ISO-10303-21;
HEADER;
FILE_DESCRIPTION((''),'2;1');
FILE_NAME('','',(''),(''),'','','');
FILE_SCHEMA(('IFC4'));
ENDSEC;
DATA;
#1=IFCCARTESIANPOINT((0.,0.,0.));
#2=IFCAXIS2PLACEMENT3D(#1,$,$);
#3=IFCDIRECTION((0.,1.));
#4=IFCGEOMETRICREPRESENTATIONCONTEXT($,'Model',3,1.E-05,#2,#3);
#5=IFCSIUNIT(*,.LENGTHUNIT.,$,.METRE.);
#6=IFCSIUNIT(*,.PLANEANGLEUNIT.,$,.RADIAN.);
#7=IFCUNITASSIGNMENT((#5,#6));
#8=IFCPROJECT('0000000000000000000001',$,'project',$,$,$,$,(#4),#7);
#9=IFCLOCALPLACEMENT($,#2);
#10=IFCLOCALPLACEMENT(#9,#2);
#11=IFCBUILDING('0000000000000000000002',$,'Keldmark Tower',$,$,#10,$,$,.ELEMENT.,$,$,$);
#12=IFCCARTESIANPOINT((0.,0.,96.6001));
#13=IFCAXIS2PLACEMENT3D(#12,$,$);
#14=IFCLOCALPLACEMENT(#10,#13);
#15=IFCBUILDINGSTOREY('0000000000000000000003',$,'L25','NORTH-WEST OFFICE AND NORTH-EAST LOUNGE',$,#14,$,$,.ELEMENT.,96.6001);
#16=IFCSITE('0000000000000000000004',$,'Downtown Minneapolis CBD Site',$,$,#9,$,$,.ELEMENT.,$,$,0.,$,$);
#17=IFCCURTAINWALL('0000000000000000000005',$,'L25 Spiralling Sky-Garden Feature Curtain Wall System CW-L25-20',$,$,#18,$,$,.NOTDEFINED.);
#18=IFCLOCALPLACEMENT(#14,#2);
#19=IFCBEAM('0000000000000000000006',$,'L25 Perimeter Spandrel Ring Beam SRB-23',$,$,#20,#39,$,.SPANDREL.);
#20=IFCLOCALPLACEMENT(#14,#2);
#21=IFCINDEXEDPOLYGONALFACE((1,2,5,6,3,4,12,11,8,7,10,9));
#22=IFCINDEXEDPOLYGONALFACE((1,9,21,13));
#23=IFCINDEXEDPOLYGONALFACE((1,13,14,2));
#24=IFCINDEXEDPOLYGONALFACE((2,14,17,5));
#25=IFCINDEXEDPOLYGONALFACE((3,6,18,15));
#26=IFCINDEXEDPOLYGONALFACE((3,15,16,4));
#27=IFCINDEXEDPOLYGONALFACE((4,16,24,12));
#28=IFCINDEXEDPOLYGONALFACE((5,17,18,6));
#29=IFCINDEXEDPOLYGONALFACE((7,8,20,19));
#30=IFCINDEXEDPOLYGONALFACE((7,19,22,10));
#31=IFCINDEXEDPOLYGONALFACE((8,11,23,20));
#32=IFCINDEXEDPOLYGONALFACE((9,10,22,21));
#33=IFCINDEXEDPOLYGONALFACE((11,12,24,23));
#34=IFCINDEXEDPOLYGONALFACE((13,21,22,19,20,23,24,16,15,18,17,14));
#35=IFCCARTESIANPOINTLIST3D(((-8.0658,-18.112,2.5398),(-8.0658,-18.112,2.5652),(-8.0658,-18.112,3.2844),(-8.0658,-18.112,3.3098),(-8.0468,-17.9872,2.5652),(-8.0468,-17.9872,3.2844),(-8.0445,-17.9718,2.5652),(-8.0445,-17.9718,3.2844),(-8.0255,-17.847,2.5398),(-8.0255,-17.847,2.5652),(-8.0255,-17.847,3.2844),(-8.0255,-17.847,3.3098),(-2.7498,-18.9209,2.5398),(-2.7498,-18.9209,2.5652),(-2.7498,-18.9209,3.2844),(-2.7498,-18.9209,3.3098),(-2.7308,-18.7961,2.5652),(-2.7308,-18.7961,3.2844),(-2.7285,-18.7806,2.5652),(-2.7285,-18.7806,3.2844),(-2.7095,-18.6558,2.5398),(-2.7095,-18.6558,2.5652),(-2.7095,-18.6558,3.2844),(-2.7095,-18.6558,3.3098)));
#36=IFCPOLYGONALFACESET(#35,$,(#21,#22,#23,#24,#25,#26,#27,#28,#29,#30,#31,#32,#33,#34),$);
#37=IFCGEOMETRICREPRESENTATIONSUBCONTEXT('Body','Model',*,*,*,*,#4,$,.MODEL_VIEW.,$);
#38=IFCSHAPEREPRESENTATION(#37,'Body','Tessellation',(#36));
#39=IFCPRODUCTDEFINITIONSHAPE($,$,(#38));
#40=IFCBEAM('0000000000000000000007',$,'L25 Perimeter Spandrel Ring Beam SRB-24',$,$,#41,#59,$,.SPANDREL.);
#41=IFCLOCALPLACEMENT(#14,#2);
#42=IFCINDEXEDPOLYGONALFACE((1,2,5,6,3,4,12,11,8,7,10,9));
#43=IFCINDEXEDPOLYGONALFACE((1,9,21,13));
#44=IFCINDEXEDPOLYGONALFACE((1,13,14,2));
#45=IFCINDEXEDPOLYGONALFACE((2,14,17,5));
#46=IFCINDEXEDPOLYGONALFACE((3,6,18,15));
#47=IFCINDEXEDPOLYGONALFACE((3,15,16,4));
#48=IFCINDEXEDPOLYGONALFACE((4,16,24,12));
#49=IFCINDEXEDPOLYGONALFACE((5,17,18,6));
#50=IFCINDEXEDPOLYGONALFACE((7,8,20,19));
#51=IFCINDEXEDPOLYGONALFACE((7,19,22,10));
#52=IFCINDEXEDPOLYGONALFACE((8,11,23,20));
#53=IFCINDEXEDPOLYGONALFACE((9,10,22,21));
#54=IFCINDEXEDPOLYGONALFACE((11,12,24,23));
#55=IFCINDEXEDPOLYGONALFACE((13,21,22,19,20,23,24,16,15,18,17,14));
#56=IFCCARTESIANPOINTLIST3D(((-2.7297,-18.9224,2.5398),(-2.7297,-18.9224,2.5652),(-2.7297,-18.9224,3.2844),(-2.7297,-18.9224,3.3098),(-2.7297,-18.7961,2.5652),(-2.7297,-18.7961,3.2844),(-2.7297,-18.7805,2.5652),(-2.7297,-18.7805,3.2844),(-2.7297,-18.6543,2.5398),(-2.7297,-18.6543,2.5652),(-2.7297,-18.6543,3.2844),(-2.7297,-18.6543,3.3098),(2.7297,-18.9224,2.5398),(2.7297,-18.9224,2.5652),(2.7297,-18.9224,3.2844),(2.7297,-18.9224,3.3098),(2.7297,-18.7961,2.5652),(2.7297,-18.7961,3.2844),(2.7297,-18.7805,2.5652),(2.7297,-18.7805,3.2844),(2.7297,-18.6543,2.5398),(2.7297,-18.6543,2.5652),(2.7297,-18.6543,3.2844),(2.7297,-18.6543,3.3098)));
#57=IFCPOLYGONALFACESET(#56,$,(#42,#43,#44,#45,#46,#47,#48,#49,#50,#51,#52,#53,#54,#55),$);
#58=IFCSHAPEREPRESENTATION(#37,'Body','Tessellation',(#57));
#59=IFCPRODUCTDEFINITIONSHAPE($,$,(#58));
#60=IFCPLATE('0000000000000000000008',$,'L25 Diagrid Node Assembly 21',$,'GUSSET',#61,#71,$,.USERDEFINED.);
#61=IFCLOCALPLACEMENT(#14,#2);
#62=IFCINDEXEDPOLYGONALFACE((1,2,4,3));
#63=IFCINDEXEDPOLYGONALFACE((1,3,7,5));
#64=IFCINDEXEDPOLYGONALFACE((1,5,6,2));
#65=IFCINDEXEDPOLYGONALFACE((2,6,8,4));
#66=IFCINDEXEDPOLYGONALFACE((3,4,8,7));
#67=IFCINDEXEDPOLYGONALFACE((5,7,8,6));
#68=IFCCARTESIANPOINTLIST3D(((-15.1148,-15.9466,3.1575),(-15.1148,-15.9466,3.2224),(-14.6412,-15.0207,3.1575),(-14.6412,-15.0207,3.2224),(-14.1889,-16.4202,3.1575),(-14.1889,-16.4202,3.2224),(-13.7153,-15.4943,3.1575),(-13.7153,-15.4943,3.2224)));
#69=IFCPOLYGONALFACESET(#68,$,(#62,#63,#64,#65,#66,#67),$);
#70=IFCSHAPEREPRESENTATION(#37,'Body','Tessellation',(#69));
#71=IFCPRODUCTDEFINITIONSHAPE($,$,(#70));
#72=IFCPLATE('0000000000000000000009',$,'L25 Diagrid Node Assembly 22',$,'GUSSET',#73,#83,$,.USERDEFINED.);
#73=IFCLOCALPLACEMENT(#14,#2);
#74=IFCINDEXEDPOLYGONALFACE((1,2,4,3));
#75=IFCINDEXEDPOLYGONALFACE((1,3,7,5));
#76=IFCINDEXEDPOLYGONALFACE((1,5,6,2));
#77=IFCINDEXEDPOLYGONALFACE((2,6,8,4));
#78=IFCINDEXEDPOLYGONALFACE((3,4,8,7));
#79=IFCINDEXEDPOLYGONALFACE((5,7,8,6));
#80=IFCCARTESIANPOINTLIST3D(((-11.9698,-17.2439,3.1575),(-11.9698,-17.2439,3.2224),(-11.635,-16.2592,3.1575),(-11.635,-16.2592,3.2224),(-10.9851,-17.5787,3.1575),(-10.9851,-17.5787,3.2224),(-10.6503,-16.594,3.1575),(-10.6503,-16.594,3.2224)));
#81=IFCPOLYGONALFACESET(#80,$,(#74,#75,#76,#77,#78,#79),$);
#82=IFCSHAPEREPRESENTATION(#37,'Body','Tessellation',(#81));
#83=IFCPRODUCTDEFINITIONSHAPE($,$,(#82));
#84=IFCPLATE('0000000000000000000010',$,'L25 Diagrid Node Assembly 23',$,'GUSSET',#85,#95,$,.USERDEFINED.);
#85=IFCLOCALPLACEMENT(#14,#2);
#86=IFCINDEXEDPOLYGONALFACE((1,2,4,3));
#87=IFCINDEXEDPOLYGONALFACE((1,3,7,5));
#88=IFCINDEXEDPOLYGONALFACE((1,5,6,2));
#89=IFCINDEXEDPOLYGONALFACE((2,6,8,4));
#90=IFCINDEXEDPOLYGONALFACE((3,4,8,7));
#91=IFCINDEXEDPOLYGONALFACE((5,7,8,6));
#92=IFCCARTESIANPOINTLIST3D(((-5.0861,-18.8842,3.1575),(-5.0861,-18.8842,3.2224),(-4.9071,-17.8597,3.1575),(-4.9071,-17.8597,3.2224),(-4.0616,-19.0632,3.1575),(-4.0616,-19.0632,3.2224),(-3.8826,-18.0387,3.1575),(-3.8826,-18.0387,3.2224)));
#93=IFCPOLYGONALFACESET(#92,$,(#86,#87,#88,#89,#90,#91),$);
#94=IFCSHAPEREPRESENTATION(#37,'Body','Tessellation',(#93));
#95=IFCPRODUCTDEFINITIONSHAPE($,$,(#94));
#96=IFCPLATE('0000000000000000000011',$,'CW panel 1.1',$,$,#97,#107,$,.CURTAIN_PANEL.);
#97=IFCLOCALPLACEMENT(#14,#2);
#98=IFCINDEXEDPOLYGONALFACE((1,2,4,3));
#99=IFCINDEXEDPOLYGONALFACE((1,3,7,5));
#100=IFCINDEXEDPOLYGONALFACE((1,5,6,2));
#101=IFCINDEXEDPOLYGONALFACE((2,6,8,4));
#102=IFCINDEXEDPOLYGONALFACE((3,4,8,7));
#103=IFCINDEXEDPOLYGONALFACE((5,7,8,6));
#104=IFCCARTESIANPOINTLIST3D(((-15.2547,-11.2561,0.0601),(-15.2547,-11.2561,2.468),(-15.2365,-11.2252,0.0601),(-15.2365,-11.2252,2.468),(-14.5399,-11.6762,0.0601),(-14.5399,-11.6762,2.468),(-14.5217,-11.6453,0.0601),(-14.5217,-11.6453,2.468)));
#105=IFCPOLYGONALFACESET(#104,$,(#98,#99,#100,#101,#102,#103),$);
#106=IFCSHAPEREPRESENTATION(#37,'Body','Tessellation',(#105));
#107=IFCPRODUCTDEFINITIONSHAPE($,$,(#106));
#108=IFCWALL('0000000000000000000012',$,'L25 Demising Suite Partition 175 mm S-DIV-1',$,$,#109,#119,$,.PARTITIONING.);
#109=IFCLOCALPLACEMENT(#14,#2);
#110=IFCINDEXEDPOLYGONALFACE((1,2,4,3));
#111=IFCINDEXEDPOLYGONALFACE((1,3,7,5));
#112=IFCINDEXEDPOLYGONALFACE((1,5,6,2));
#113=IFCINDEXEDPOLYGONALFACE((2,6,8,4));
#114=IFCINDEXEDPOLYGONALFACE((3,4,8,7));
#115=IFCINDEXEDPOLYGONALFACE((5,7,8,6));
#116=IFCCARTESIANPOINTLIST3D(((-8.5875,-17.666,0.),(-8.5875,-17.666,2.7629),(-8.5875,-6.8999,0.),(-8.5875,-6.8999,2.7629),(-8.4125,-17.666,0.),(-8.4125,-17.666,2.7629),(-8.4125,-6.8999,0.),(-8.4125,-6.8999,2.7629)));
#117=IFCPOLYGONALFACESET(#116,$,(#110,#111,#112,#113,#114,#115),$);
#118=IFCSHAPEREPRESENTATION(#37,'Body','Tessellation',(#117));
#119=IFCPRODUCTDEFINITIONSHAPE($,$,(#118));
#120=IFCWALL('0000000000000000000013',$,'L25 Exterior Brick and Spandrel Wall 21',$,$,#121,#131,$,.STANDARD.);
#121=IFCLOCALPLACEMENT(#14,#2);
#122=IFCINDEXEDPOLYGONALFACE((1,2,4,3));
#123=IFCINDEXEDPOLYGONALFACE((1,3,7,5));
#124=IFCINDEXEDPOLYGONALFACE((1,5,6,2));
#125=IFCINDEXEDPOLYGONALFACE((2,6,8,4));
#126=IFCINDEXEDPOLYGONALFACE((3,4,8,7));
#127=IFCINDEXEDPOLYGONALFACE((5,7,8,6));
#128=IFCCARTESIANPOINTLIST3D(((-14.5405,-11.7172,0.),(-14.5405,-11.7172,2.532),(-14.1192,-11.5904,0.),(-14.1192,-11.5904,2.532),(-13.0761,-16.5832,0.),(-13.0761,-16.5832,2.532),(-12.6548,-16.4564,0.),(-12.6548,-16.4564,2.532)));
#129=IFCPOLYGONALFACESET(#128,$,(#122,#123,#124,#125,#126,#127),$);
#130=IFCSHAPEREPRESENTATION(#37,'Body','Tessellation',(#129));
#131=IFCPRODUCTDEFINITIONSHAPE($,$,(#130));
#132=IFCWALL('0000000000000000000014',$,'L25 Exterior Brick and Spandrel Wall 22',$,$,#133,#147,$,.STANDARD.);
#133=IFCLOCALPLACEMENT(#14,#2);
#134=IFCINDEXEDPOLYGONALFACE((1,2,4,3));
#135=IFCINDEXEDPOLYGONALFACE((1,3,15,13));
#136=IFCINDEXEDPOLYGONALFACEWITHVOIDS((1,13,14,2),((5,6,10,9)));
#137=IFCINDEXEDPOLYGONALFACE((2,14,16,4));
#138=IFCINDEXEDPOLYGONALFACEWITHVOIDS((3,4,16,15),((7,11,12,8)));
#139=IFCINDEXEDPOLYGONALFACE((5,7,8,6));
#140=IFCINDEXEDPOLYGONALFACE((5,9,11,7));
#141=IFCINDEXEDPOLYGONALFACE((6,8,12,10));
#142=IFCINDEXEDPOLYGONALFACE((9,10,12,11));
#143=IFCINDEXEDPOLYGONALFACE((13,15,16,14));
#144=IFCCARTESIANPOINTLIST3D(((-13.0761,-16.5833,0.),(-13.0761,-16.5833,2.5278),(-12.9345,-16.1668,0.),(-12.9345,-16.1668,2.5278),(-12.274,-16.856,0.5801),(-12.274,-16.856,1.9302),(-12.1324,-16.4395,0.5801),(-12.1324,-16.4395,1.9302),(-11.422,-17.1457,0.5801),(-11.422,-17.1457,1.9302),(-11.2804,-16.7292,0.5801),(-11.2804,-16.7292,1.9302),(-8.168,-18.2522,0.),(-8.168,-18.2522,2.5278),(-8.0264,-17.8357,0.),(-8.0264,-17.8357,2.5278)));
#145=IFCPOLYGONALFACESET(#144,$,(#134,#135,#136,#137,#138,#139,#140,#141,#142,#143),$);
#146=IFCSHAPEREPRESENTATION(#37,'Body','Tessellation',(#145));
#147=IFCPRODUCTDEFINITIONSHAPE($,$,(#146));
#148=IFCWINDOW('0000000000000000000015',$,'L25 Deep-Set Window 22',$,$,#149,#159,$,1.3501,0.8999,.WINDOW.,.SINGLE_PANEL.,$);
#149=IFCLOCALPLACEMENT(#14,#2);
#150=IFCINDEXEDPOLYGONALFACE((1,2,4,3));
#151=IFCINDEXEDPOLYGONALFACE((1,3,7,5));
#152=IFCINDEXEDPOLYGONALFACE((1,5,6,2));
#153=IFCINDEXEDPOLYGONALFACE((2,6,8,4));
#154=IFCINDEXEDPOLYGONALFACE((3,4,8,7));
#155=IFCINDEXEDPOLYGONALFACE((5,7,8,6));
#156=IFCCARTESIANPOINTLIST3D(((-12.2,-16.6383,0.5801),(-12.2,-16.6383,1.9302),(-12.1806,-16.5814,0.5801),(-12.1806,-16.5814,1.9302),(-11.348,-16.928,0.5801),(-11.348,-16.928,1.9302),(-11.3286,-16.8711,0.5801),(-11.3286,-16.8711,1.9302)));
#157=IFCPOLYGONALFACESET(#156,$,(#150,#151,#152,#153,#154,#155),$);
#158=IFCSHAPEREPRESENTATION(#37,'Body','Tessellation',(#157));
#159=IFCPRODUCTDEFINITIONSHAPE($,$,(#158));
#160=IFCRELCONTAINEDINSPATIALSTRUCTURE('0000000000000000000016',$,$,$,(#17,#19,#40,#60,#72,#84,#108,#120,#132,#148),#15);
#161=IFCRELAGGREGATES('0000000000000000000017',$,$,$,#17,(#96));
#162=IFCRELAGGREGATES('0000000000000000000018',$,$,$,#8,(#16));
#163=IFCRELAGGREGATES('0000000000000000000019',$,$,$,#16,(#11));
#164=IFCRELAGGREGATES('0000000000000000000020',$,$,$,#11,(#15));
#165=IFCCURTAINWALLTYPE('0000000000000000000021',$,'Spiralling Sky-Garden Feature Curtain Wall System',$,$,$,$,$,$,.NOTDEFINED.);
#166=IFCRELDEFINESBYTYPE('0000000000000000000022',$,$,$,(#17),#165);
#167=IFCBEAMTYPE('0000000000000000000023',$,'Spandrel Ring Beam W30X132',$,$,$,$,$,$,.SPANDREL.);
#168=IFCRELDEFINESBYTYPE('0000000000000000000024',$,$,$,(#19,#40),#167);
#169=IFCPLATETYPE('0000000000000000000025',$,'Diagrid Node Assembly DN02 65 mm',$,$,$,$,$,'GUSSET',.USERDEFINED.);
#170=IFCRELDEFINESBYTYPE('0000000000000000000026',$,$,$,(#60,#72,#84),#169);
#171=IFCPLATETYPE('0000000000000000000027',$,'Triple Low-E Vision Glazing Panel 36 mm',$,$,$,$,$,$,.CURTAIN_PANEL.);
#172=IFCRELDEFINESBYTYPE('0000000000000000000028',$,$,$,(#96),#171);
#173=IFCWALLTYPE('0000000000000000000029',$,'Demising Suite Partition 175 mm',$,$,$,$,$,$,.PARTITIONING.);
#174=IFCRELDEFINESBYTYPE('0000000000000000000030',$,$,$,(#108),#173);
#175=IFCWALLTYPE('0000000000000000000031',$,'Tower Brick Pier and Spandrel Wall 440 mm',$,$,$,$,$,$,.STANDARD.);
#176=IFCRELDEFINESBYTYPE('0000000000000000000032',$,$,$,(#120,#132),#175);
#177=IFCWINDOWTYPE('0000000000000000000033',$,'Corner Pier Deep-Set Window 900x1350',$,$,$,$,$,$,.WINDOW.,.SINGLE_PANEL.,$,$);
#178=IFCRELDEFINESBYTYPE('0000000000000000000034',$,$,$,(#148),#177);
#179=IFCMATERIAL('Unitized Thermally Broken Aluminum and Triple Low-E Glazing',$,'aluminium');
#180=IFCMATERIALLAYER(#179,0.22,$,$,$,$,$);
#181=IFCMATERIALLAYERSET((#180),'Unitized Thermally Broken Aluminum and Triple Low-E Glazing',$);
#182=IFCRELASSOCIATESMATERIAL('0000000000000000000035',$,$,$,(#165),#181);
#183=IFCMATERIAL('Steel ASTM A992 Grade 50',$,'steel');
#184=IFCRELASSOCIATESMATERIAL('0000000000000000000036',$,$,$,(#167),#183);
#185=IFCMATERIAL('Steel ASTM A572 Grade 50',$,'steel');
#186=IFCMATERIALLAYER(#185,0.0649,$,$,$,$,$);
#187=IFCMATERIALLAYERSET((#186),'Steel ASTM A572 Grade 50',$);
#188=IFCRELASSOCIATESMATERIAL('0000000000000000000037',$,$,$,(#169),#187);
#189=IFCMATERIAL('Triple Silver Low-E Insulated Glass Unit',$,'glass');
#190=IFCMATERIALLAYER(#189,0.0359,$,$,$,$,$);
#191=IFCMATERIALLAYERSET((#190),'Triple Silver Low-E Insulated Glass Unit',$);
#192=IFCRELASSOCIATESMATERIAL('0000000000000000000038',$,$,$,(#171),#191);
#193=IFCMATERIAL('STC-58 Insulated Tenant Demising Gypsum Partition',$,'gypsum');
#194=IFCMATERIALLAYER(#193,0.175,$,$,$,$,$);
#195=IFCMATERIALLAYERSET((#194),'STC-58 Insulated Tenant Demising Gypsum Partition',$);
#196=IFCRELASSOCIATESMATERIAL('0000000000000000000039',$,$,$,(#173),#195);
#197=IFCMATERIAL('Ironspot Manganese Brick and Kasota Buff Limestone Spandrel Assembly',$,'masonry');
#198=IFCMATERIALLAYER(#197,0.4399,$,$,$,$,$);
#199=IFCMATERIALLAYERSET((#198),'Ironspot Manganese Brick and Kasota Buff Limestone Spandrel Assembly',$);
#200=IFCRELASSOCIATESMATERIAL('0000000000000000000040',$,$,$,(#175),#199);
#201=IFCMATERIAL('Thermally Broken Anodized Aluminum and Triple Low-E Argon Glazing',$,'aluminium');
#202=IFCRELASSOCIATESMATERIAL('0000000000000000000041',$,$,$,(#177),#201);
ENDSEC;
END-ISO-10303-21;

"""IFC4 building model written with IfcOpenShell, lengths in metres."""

from ifc_helpers import new_model, si_unit, direction, frame, frame_2d, origin, origin_2d, place, context, subcontext, project, spatial, rectangle, i_section, extrude, material, layer, layer_set, material_profile, profile_set, type_object, element, fill, aggregate, save


model = new_model("IFC4")

# Units and contexts
model_context = context("Model", 3, precision=1e-05, world=origin(), true_north=direction((0.0, 1.0)))
body_context = subcontext(model_context, "Body", "Model", "MODEL_VIEW")
ifc_project = project(units=[si_unit("LENGTHUNIT", "METRE"), si_unit("PLANEANGLEUNIT", "RADIAN")], contexts=[model_context])

# Site, building, storey
site_placement = place(None, origin())
site = spatial("IfcSite", under=ifc_project, at=site_placement, Name="Downtown Minneapolis CBD Site", CompositionType="ELEMENT", RefElevation=0.0)
building_placement = place(site_placement, origin())
building = spatial("IfcBuilding", under=site, at=building_placement, Name="Keldmark Tower", CompositionType="ELEMENT")
storey_placement = place(building_placement, frame((0.0, 0.0, 96.6001)))
storey = spatial("IfcBuildingStorey", under=building, at=storey_placement, Name="L25", Description="NORTH-WEST OFFICE AND NORTH-EAST LOUNGE", CompositionType="ELEMENT", Elevation=96.6001)

# Curtain wall
ifc_material_1 = material(Name="Unitized Thermally Broken Aluminum and Triple Low-E Glazing", Category="aluminium")
ifc_layer_1 = layer(ifc_material_1, 0.22)
ifc_layer_set_1 = layer_set([ifc_layer_1], Name="Unitized Thermally Broken Aluminum and Triple Low-E Glazing")
curtain_wall_type = type_object("IfcCurtainWallType", Name="Spiralling Sky-Garden Feature Curtain Wall System", PredefinedType="NOTDEFINED", material=ifc_layer_set_1)
curtain_wall_placement = place(storey_placement, origin())
curtain_wall = element("IfcCurtainWall", 1, at=curtain_wall_placement, inside=storey, type_object=curtain_wall_type, Name="L25 Spiralling Sky-Garden Feature Curtain Wall System CW-L25-20", PredefinedType="NOTDEFINED")

# Beams
ifc_material_2 = material(Name="Steel ASTM A992 Grade 50", Category="steel")
ifc_material_profile_1 = material_profile(ifc_material_2, i_section(OverallWidth=0.2681, OverallDepth=0.77, WebThickness=0.0156, FlangeThickness=0.0254, at=origin_2d()), Name="W30X132")
ifc_profile_set_1 = profile_set([ifc_material_profile_1], Name="Steel ASTM A992 Grade 50")
beam_type_1 = type_object("IfcBeamType", Name="Spandrel Ring Beam W30X132", PredefinedType="SPANDREL", material=ifc_profile_set_1)
beam_1_placement = place(storey_placement, frame((-8.0457, -17.9795, 2.9248), z_axis=(0.988622, -0.150423, 0.0), x_axis=(0.150423, 0.988622, 0.0)))
element("IfcBeam", 2, at=beam_1_placement, inside=storey, type_object=beam_type_1, Name="L25 Perimeter Spandrel Ring Beam SRB-23", PredefinedType="SPANDREL", context=body_context, shape_type="SweptSolid", body=[
    extrude(i_section(OverallWidth=0.2681, OverallDepth=0.77, WebThickness=0.0156, FlangeThickness=0.0254, at=origin_2d()), origin(), (0.0, 0.0, 1.0), 5.3772),
])
beam_2_placement = place(storey_placement, frame((-2.7297, -18.7883, 2.9248), z_axis=(1.0, 0.0, 0.0), x_axis=(0.0, 1.0, 0.0)))
element("IfcBeam", 3, at=beam_2_placement, inside=storey, type_object=beam_type_1, Name="L25 Perimeter Spandrel Ring Beam SRB-24", PredefinedType="SPANDREL", context=body_context, shape_type="SweptSolid", body=[
    extrude(i_section(OverallWidth=0.2681, OverallDepth=0.77, WebThickness=0.0156, FlangeThickness=0.0254, at=origin_2d()), origin(), (0.0, 0.0, 1.0), 5.4595),
])

# Plates
ifc_material_3 = material(Name="Steel ASTM A572 Grade 50", Category="steel")
ifc_layer_2 = layer(ifc_material_3, 0.0649)
ifc_layer_set_2 = layer_set([ifc_layer_2], Name="Steel ASTM A572 Grade 50")
plate_type_1 = type_object("IfcPlateType", Name="Diagrid Node Assembly DN02 65 mm", ElementType="GUSSET", PredefinedType="USERDEFINED", material=ifc_layer_set_2)
for number, where, z_axis, x_axis, name in (
    (4, (-14.415, -15.7205, 3.1575), (0.0, 0.0, 1.0), (0.890292, -0.45539, 0.0), "L25 Diagrid Node Assembly 21"),
    (5, (-11.3101, -16.9189, 3.1575), (0.0, 0.0, 1.0), (0.946762, -0.321935, 0.0), "L25 Diagrid Node Assembly 22"),
    (6, (-4.4844, -18.4614, 3.1575), (0.0, 0.0, 1.0), (0.985079, -0.172101, 0.0), "L25 Diagrid Node Assembly 23"),
):
    element("IfcPlate", number, at=place(storey_placement, frame(where, z_axis=z_axis, x_axis=x_axis)), inside=storey, type_object=plate_type_1, Name=name, ObjectType="GUSSET", PredefinedType="USERDEFINED", context=body_context, shape_type="SweptSolid", body=[
        extrude(rectangle(XDim=1.04, YDim=1.04, at=origin_2d()), origin(), (0.0, 0.0, 1.0), 0.0649),
    ])

# Plate
ifc_material_4 = material(Name="Triple Silver Low-E Insulated Glass Unit", Category="glass")
ifc_layer_3 = layer(ifc_material_4, 0.0359)
ifc_layer_set_3 = layer_set([ifc_layer_3], Name="Triple Silver Low-E Insulated Glass Unit")
plate_type_2 = type_object("IfcPlateType", Name="Triple Low-E Vision Glazing Panel 36 mm", PredefinedType="CURTAIN_PANEL", material=ifc_layer_set_3)
plate_placement = place(storey_placement, frame((-14.8882, -11.4507, 0.0601), z_axis=(0.0, 0.0, 1.0), x_axis=(-0.862145, 0.506662, 0.0)))
plate = element("IfcPlate", 7, at=plate_placement, type_object=plate_type_2, Name="CW panel 1.1", PredefinedType="CURTAIN_PANEL", context=body_context, shape_type="SweptSolid", body=[
    extrude(rectangle(XDim=0.8291, YDim=0.0359, at=origin_2d()), origin(), (0.0, 0.0, 1.0), 2.408),
])
aggregate(curtain_wall, [plate])

# Walls
ifc_material_5 = material(Name="STC-58 Insulated Tenant Demising Gypsum Partition", Category="gypsum")
ifc_layer_4 = layer(ifc_material_5, 0.175)
ifc_layer_set_4 = layer_set([ifc_layer_4], Name="STC-58 Insulated Tenant Demising Gypsum Partition")
wall_type_1 = type_object("IfcWallType", Name="Demising Suite Partition 175 mm", PredefinedType="PARTITIONING", material=ifc_layer_set_4)
wall_1_placement = place(storey_placement, frame((-8.5, -17.666, 0.0), z_axis=(0.0, 0.0, 1.0), x_axis=(0.0, 1.0, 0.0)))
element("IfcWall", 8, at=wall_1_placement, inside=storey, type_object=wall_type_1, Name="L25 Demising Suite Partition 175 mm S-DIV-1", PredefinedType="PARTITIONING", context=body_context, shape_type="SweptSolid", body=[
    extrude(rectangle(XDim=10.7661, YDim=0.175, at=frame_2d((5.3831, 0.0))), origin(), (0.0, 0.0, 1.0), 2.7629),
])
ifc_material_6 = material(Name="Ironspot Manganese Brick and Kasota Buff Limestone Spandrel Assembly", Category="masonry")
ifc_layer_5 = layer(ifc_material_6, 0.4399)
ifc_layer_set_5 = layer_set([ifc_layer_5], Name="Ironspot Manganese Brick and Kasota Buff Limestone Spandrel Assembly")
wall_type_2 = type_object("IfcWallType", Name="Tower Brick Pier and Spandrel Wall 440 mm", PredefinedType="STANDARD", material=ifc_layer_set_5)
wall_2_placement = place(storey_placement, frame((-12.8655, -16.5198, 0.0), z_axis=(0.0, 0.0, 1.0), x_axis=(-0.288172, 0.957579, 0.0)))
element("IfcWall", 9, at=wall_2_placement, inside=storey, type_object=wall_type_2, Name="L25 Exterior Brick and Spandrel Wall 21", PredefinedType="STANDARD", context=body_context, shape_type="SweptSolid", body=[
    extrude(rectangle(XDim=5.0815, YDim=0.4399, at=frame_2d((2.5408, 0.0))), origin(), (0.0, 0.0, 1.0), 2.532),
])

# Wall, opening, window
wall_3_placement = place(storey_placement, frame((-8.0972, -18.0439, 0.0), z_axis=(0.0, 0.0, 1.0), x_axis=(-0.946764, 0.32193, 0.0)))
wall_3 = element("IfcWall", 10, at=wall_3_placement, inside=storey, type_object=wall_type_2, Name="L25 Exterior Brick and Spandrel Wall 22", PredefinedType="STANDARD", context=body_context, shape_type="SweptSolid", body=[
    extrude(rectangle(XDim=5.1841, YDim=0.4399, at=frame_2d((2.592, 0.0))), origin(), (0.0, 0.0, 1.0), 2.5278),
])
opening_1_placement = place(wall_3_placement, frame((3.437, 0.0, 0.5801)))
opening_1 = element("IfcOpeningElement", 11, at=opening_1_placement, cuts=wall_3, PredefinedType="OPENING", context=body_context, shape_type="SweptSolid", body=[
    extrude(rectangle(XDim=0.8999, YDim=1.3501, at=frame_2d((0.45, 0.675))), frame((0.0, 0.23, 0.0), z_axis=(0.0, -1.0, 0.0), x_axis=(1.0, 0.0, 0.0)), (0.0, 0.0, 1.0), 0.46),
])
ifc_material_7 = material(Name="Thermally Broken Anodized Aluminum and Triple Low-E Argon Glazing", Category="aluminium")
window_type_1 = type_object("IfcWindowType", Name="Corner Pier Deep-Set Window 900x1350", PartitioningType="SINGLE_PANEL", PredefinedType="WINDOW", material=ifc_material_7)
window_1_placement = place(opening_1_placement, origin())
window_1 = element("IfcWindow", 12, at=window_1_placement, inside=storey, type_object=window_type_1, Name="L25 Deep-Set Window 22", OverallHeight=1.3501, OverallWidth=0.8999, PartitioningType="SINGLE_PANEL", PredefinedType="WINDOW", context=body_context, shape_type="SweptSolid", body=[
    extrude(rectangle(XDim=0.8999, YDim=1.3501, at=frame_2d((0.45, 0.675))), frame((0.0, -0.01, 0.0), z_axis=(0.0, -1.0, 0.0), x_axis=(1.0, 0.0, 0.0)), (0.0, 0.0, 1.0), 0.0601),
])
fill(opening_1, window_1)

save(model, "model.ifc")
